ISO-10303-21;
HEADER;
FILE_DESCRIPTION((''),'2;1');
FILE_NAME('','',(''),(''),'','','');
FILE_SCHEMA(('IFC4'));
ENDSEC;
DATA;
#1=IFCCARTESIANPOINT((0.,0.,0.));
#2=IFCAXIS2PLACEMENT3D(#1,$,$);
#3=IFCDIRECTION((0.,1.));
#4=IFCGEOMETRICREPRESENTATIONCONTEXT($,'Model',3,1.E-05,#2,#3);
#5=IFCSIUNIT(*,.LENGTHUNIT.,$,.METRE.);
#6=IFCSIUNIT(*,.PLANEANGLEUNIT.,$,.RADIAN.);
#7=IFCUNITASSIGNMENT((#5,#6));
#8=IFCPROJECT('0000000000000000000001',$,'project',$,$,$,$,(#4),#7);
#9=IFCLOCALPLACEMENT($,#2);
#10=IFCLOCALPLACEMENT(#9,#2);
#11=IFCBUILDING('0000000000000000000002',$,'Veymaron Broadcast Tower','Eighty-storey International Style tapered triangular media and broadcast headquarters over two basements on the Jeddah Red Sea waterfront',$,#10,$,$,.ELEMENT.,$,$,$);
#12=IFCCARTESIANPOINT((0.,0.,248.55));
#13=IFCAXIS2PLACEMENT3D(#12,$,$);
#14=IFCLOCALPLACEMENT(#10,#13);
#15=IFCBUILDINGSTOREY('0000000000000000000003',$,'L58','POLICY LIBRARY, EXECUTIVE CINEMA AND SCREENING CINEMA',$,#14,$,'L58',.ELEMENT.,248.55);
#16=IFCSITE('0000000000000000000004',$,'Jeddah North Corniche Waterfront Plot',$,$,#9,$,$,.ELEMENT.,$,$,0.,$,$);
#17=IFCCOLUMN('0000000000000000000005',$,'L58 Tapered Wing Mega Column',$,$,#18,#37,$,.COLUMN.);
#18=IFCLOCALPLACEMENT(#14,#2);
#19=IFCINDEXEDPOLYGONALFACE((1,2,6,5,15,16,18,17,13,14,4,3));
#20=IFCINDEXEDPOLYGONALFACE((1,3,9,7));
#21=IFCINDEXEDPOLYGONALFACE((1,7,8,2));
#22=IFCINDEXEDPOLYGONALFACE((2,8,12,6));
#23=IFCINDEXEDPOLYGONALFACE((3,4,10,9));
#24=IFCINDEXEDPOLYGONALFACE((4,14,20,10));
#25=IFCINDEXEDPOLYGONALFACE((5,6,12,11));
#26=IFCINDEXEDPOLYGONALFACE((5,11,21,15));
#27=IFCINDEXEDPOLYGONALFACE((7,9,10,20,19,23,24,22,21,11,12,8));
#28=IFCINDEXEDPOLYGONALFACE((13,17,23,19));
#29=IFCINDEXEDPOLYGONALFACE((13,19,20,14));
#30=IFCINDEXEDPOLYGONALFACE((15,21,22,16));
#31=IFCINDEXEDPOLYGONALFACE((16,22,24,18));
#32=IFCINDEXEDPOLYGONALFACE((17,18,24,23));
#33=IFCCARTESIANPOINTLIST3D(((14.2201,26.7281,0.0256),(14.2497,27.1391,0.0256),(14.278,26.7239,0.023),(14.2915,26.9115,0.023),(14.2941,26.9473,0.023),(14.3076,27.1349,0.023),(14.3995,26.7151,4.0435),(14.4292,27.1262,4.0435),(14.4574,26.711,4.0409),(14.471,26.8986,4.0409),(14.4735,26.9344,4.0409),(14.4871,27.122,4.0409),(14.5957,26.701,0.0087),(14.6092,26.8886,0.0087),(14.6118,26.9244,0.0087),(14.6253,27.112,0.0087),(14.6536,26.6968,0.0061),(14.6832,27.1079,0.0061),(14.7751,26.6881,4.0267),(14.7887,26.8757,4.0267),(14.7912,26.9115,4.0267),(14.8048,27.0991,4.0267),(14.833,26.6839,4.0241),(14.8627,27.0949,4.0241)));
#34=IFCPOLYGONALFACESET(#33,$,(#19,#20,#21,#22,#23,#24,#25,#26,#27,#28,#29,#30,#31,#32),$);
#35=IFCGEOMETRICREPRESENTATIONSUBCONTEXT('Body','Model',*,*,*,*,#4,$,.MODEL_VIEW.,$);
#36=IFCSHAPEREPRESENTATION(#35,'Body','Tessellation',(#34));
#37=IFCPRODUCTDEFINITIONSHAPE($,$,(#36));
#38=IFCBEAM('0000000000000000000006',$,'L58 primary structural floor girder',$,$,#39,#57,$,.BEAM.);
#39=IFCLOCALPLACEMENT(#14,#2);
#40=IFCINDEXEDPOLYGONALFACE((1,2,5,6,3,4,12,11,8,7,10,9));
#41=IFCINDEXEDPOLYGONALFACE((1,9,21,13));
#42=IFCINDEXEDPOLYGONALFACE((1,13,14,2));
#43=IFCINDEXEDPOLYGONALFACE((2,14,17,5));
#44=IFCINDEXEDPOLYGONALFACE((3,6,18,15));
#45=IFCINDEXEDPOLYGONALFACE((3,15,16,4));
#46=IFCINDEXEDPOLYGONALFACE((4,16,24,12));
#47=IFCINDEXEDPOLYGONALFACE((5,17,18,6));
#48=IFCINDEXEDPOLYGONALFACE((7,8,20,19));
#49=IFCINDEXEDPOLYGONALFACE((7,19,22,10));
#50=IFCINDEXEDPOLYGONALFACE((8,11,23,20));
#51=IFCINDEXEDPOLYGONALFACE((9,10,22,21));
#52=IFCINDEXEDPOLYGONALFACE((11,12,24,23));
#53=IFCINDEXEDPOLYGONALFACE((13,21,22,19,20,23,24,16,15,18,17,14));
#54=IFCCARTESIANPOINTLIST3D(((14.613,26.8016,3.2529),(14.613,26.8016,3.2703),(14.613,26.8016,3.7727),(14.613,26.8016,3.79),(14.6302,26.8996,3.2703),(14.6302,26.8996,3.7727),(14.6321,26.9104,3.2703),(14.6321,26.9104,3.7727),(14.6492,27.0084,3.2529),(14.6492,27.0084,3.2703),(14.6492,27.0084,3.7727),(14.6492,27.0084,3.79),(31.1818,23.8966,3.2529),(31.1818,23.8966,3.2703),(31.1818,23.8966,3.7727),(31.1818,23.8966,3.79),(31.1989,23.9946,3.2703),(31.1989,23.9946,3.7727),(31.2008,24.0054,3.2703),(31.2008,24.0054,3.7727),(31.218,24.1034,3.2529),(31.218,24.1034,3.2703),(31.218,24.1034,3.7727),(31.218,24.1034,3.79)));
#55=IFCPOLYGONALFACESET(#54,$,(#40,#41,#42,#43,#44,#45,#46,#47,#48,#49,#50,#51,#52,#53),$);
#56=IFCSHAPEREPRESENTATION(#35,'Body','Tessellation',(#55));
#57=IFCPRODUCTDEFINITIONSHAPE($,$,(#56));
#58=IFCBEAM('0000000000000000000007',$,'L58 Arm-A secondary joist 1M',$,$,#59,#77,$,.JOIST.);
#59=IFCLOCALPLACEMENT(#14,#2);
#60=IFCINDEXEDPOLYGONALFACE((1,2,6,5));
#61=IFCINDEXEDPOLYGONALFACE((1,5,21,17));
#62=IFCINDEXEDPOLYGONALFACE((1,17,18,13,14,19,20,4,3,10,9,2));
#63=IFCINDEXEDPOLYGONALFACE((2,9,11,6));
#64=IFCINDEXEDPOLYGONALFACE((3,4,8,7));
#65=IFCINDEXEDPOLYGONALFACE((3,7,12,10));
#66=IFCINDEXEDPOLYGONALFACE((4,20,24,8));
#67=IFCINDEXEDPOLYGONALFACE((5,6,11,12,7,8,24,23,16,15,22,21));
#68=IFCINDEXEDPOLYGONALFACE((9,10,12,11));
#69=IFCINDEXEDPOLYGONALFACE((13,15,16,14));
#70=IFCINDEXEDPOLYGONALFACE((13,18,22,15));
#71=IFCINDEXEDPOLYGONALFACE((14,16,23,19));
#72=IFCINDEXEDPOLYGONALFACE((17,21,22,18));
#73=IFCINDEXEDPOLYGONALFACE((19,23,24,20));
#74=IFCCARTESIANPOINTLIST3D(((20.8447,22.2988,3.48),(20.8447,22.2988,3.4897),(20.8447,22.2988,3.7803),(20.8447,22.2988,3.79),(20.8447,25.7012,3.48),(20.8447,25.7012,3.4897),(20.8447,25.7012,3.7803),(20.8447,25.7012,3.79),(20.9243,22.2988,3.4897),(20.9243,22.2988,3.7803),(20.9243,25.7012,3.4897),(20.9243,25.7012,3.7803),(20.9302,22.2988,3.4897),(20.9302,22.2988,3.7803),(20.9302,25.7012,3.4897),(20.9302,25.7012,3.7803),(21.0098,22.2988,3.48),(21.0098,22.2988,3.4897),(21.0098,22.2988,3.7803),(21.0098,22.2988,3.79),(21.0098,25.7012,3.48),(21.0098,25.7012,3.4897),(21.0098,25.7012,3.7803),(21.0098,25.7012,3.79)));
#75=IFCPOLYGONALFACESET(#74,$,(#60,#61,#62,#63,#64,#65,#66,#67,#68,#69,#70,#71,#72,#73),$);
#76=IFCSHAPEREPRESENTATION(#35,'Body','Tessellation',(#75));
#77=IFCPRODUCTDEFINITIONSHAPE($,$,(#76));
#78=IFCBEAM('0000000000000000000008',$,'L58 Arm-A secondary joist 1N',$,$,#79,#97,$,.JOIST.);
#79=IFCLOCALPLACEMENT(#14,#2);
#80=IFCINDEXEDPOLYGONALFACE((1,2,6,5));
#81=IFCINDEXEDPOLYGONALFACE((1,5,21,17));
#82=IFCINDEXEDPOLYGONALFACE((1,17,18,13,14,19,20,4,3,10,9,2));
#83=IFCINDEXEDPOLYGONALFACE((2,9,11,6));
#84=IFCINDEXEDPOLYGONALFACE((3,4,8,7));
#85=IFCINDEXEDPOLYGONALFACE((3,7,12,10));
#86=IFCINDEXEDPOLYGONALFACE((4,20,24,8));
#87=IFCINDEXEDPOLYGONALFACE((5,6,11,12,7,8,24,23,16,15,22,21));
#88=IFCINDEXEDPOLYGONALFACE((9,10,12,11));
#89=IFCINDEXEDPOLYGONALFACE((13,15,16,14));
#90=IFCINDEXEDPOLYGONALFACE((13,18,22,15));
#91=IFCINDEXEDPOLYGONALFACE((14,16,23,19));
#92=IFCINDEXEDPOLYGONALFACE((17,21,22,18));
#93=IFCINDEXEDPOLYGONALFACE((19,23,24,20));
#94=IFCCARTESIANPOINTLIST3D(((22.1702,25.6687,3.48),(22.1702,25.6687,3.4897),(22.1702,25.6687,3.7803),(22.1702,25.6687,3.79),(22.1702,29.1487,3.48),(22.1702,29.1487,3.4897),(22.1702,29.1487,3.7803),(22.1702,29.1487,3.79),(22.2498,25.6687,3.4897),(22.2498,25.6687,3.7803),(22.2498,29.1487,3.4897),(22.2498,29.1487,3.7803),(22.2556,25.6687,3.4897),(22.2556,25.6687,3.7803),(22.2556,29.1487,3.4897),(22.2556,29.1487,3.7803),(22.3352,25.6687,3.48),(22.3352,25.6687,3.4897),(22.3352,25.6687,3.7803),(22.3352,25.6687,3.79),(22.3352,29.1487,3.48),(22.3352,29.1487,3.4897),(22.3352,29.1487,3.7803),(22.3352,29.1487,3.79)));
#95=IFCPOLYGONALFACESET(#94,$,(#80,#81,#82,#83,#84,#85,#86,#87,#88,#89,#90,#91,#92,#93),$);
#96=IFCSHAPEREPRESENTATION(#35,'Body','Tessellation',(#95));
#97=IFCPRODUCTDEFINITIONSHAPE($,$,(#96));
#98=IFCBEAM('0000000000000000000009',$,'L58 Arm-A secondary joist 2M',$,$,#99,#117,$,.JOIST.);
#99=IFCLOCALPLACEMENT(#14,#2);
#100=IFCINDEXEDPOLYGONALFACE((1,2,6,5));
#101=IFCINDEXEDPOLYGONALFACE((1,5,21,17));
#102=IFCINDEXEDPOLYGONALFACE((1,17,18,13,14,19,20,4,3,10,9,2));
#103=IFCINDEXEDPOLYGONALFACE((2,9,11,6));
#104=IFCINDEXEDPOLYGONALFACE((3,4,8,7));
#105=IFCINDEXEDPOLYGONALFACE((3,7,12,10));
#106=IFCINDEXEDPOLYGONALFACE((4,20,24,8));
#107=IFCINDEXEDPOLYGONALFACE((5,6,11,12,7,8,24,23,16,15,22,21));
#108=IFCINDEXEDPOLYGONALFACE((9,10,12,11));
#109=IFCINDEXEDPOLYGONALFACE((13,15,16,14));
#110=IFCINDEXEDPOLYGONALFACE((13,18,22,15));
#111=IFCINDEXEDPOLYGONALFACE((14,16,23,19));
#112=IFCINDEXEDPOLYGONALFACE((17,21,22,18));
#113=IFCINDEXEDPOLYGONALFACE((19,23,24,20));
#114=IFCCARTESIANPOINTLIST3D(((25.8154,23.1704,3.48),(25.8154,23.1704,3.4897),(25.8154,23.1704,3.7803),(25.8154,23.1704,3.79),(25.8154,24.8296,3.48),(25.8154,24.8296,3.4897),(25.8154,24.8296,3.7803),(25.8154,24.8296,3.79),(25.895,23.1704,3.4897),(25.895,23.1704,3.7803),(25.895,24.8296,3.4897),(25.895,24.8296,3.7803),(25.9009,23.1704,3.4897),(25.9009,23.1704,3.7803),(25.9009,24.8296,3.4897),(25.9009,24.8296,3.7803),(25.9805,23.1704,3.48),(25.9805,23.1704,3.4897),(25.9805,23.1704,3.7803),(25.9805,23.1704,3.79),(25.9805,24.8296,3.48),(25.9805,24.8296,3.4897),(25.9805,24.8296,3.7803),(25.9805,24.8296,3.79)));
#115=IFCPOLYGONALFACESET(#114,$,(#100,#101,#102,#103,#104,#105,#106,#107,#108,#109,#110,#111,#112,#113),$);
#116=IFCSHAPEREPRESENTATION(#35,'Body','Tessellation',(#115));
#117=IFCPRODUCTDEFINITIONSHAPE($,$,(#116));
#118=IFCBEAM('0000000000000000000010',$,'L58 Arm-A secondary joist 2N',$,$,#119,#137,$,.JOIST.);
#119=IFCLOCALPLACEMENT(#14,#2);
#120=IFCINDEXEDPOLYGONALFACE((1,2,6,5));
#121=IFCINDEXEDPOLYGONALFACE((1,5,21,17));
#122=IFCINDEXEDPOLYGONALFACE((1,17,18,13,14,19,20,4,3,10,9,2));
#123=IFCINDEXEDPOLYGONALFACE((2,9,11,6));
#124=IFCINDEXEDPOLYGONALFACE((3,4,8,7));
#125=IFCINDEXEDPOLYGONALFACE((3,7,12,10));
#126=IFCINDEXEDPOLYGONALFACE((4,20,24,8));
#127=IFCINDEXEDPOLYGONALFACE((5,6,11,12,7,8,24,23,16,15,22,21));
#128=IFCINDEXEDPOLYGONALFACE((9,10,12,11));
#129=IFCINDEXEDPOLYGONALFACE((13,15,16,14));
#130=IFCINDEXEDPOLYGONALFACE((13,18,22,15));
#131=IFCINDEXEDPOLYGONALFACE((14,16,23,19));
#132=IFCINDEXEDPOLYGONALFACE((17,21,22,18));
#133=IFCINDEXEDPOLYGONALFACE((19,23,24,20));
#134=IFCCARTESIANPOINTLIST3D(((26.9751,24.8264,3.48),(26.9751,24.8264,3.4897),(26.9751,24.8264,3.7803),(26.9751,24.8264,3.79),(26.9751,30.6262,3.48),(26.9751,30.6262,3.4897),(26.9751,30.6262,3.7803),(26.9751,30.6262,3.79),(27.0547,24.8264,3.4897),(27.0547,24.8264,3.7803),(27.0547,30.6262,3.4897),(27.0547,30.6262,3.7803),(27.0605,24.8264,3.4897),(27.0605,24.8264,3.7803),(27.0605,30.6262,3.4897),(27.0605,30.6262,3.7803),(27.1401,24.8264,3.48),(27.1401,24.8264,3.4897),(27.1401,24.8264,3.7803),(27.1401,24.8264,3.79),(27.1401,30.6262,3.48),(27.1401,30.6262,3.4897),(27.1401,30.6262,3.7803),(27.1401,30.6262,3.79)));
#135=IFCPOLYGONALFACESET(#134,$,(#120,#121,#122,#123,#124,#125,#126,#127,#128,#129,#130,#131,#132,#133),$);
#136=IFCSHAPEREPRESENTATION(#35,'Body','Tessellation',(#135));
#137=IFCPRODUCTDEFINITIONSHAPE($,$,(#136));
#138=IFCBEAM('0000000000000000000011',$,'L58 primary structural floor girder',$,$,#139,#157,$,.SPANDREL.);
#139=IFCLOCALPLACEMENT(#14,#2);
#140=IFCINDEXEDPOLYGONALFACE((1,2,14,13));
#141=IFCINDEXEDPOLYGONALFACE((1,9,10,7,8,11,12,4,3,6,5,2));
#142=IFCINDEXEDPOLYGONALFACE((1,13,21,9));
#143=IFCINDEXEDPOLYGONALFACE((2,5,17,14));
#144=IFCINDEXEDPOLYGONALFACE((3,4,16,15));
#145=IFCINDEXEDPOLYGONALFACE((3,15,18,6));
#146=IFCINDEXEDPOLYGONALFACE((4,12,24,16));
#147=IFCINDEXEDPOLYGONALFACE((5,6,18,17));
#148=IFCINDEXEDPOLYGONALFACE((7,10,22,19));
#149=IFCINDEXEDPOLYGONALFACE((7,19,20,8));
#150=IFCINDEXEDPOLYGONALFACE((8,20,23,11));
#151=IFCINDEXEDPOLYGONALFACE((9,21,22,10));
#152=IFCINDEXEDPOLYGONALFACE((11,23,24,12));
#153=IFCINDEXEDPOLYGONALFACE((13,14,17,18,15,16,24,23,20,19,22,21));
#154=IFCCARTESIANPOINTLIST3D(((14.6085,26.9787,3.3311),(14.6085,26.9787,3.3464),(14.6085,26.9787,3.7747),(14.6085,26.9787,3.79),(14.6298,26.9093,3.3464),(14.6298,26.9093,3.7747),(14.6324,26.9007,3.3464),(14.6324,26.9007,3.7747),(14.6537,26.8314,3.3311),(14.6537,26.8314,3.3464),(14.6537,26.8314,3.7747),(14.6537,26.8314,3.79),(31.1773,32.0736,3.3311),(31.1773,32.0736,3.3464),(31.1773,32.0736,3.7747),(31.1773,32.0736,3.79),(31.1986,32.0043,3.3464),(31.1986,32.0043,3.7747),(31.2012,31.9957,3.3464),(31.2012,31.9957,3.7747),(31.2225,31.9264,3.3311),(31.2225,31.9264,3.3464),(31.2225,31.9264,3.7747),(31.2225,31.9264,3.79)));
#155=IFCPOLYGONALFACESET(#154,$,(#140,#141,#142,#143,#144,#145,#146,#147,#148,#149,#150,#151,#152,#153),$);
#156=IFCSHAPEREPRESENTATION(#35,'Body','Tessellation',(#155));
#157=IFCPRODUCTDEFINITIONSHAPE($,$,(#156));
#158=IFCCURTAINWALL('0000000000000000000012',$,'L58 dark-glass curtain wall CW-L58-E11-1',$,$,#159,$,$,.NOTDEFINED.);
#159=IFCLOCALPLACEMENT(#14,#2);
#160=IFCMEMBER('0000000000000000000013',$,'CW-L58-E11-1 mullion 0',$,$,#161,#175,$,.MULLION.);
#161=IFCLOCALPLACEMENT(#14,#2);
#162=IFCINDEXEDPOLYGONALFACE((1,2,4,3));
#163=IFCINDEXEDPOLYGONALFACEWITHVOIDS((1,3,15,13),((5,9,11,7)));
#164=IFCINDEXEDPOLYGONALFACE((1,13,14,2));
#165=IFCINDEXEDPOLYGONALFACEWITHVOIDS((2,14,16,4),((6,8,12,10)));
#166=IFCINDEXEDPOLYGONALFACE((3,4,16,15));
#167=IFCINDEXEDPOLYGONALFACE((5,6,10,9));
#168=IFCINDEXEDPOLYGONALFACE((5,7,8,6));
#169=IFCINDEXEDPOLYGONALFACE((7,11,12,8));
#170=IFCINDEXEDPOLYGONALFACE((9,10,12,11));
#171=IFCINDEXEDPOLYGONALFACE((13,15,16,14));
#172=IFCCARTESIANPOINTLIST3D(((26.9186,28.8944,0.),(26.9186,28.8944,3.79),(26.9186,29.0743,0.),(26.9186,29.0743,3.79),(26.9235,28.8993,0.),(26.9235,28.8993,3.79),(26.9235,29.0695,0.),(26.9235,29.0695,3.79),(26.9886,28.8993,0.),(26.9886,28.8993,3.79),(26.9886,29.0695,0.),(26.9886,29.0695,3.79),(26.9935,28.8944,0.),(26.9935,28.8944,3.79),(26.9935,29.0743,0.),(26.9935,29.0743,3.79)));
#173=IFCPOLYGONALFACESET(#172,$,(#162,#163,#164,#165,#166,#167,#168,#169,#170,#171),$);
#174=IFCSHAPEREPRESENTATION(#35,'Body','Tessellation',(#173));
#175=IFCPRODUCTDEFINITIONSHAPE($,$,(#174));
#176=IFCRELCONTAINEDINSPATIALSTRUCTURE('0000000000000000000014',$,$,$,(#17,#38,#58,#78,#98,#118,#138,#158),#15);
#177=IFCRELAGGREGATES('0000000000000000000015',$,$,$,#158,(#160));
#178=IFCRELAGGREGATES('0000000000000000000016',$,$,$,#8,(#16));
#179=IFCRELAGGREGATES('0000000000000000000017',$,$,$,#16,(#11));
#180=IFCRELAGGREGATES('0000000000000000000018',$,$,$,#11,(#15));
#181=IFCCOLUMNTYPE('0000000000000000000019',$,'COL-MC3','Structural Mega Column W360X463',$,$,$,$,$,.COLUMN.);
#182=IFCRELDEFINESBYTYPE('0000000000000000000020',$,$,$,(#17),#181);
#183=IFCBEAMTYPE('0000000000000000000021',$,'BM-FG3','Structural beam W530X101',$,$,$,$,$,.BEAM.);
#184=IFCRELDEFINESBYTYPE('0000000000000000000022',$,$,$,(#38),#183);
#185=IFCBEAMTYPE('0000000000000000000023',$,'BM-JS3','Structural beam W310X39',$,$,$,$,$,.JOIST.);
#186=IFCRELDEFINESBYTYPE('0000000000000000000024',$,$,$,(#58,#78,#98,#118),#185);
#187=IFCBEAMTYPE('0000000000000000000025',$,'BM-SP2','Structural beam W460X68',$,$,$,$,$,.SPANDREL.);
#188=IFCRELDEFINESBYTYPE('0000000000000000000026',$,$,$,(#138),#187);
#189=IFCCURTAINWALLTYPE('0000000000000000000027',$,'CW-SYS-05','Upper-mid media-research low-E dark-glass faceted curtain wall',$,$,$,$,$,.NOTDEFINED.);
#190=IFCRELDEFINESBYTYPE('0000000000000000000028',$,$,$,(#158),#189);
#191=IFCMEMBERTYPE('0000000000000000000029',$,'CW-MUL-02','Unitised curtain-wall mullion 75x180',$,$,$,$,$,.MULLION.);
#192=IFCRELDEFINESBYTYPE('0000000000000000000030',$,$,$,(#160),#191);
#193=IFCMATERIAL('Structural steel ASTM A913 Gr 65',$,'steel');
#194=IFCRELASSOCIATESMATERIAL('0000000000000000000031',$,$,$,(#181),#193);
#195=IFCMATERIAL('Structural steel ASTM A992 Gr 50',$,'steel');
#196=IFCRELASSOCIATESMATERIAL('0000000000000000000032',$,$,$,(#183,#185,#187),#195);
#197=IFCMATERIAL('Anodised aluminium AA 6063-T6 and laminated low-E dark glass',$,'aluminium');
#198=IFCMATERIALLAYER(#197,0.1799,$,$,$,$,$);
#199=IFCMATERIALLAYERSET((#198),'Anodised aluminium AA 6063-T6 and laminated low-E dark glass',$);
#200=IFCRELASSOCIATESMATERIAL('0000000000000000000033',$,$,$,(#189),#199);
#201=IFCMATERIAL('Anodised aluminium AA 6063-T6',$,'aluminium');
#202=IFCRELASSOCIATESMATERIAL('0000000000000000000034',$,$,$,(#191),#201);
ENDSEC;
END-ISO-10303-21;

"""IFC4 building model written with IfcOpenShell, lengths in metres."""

from ifc_helpers import new_model, si_unit, direction, frame, origin, origin_2d, place, context, subcontext, project, spatial, hollow_rectangle, i_section, extrude, material, layer, layer_set, material_profile, profile_set, type_object, element, aggregate, save


model = new_model("IFC4")

# Units and contexts
model_context = context("Model", 3, precision=1e-05, world=origin(), true_north=direction((0.0, 1.0)))
body_context = subcontext(model_context, "Body", "Model", "MODEL_VIEW")
ifc_project = project(units=[si_unit("LENGTHUNIT", "METRE"), si_unit("PLANEANGLEUNIT", "RADIAN")], contexts=[model_context])

# Site, building, storey
site_placement = place(None, origin())
site = spatial("IfcSite", under=ifc_project, at=site_placement, Name="Jeddah North Corniche Waterfront Plot", CompositionType="ELEMENT", RefElevation=0.0)
building_placement = place(site_placement, origin())
building = spatial("IfcBuilding", under=site, at=building_placement, Name="Veymaron Broadcast Tower", Description="Eighty-storey International Style tapered triangular media and broadcast headquarters over two basements on the Jeddah Red Sea waterfront", CompositionType="ELEMENT")
storey_placement = place(building_placement, frame((0.0, 0.0, 248.55)))
storey = spatial("IfcBuildingStorey", under=building, at=storey_placement, Name="L58", Description="POLICY LIBRARY, EXECUTIVE CINEMA AND SCREENING CINEMA", LongName="L58", CompositionType="ELEMENT", Elevation=248.55)

# Column
ifc_material_1 = material(Name="Structural steel ASTM A913 Gr 65", Category="steel")
ifc_material_profile_1 = material_profile(ifc_material_1, i_section(OverallWidth=0.4121, OverallDepth=0.4351, WebThickness=0.0359, FlangeThickness=0.0581, at=origin_2d()), Name="W360X463")
ifc_profile_set_1 = profile_set([ifc_material_profile_1], Name="Structural steel ASTM A913 Gr 65")
column_type = type_object("IfcColumnType", Name="COL-MC3", Description="Structural Mega Column W360X463", PredefinedType="COLUMN", material=ifc_profile_set_1)
column_placement = place(storey_placement, frame((14.4517, 26.918, 0.0159), z_axis=(0.044614, -0.003217, 0.998999), x_axis=(0.071922, 0.99741, 0.0)))
element("IfcColumn", 1, at=column_placement, inside=storey, type_object=column_type, Name="L58 Tapered Wing Mega Column", PredefinedType="COLUMN", context=body_context, shape_type="SweptSolid", body=[
    extrude(i_section(OverallWidth=0.4121, OverallDepth=0.4351, WebThickness=0.0359, FlangeThickness=0.0581, at=origin_2d()), origin(), (0.0, 0.0, 1.0), 4.022),
])

# Beams
ifc_material_2 = material(Name="Structural steel ASTM A992 Gr 50", Category="steel")
ifc_material_profile_2 = material_profile(ifc_material_2, i_section(OverallWidth=0.21, OverallDepth=0.5371, WebThickness=0.011, FlangeThickness=0.0173, at=origin_2d()), Name="W530X101")
ifc_profile_set_2 = profile_set([ifc_material_profile_2], Name="Structural steel ASTM A992 Gr 50")
beam_type_1 = type_object("IfcBeamType", Name="BM-FG3", Description="Structural beam W530X101", PredefinedType="BEAM", material=ifc_profile_set_2)
beam_1_placement = place(storey_placement, frame((14.6311, 26.905, 3.5215), z_axis=(0.984975, -0.172696, 0.0), x_axis=(0.172696, 0.984975, 0.0)))
element("IfcBeam", 2, at=beam_1_placement, inside=storey, type_object=beam_type_1, Name="L58 primary structural floor girder", PredefinedType="BEAM", context=body_context, shape_type="SweptSolid", body=[
    extrude(i_section(OverallWidth=0.21, OverallDepth=0.5371, WebThickness=0.011, FlangeThickness=0.0173, at=origin_2d()), origin(), (0.0, 0.0, 1.0), 16.8215),
])
ifc_material_profile_3 = material_profile(ifc_material_2, i_section(OverallWidth=0.165, OverallDepth=0.3101, WebThickness=0.0059, FlangeThickness=0.0098, at=origin_2d()), Name="W310X39")
ifc_profile_set_3 = profile_set([ifc_material_profile_3], Name="Structural steel ASTM A992 Gr 50")
beam_type_2 = type_object("IfcBeamType", Name="BM-JS3", Description="Structural beam W310X39", PredefinedType="JOIST", material=ifc_profile_set_3)
beam_2_placement = place(storey_placement, frame((20.9272, 22.2988, 3.635), z_axis=(0.0, 1.0, 0.0), x_axis=(-1.0, 0.0, 0.0)))
element("IfcBeam", 3, at=beam_2_placement, inside=storey, type_object=beam_type_2, Name="L58 Arm-A secondary joist 1M", PredefinedType="JOIST", context=body_context, shape_type="SweptSolid", body=[
    extrude(i_section(OverallWidth=0.165, OverallDepth=0.3101, WebThickness=0.0059, FlangeThickness=0.0098, at=origin_2d()), origin(), (0.0, 0.0, 1.0), 3.4023),
])
beam_3_placement = place(storey_placement, frame((22.2527, 25.6687, 3.635), z_axis=(0.0, 1.0, 0.0), x_axis=(-1.0, 0.0, 0.0)))
element("IfcBeam", 4, at=beam_3_placement, inside=storey, type_object=beam_type_2, Name="L58 Arm-A secondary joist 1N", PredefinedType="JOIST", context=body_context, shape_type="SweptSolid", body=[
    extrude(i_section(OverallWidth=0.165, OverallDepth=0.3101, WebThickness=0.0059, FlangeThickness=0.0098, at=origin_2d()), origin(), (0.0, 0.0, 1.0), 3.48),
])
beam_4_placement = place(storey_placement, frame((25.8979, 23.1704, 3.635), z_axis=(0.0, 1.0, 0.0), x_axis=(-1.0, 0.0, 0.0)))
element("IfcBeam", 5, at=beam_4_placement, inside=storey, type_object=beam_type_2, Name="L58 Arm-A secondary joist 2M", PredefinedType="JOIST", context=body_context, shape_type="SweptSolid", body=[
    extrude(i_section(OverallWidth=0.165, OverallDepth=0.3101, WebThickness=0.0059, FlangeThickness=0.0098, at=origin_2d()), origin(), (0.0, 0.0, 1.0), 1.6592),
])
beam_5_placement = place(storey_placement, frame((27.0576, 24.8264, 3.635), z_axis=(0.0, 1.0, 0.0), x_axis=(-1.0, 0.0, 0.0)))
element("IfcBeam", 6, at=beam_5_placement, inside=storey, type_object=beam_type_2, Name="L58 Arm-A secondary joist 2N", PredefinedType="JOIST", context=body_context, shape_type="SweptSolid", body=[
    extrude(i_section(OverallWidth=0.165, OverallDepth=0.3101, WebThickness=0.0059, FlangeThickness=0.0098, at=origin_2d()), origin(), (0.0, 0.0, 1.0), 5.7998),
])
ifc_material_profile_4 = material_profile(ifc_material_2, i_section(OverallWidth=0.1541, OverallDepth=0.459, WebThickness=0.009, FlangeThickness=0.0154, at=origin_2d()), Name="W460X68")
ifc_profile_set_4 = profile_set([ifc_material_profile_4], Name="Structural steel ASTM A992 Gr 50")
beam_type_3 = type_object("IfcBeamType", Name="BM-SP2", Description="Structural beam W460X68", PredefinedType="SPANDREL", material=ifc_profile_set_4)
beam_6_placement = place(storey_placement, frame((14.6311, 26.905, 3.5605), z_axis=(0.95583, 0.293921, 0.0), x_axis=(-0.293921, 0.95583, 0.0)))
element("IfcBeam", 7, at=beam_6_placement, inside=storey, type_object=beam_type_3, Name="L58 primary structural floor girder", PredefinedType="SPANDREL", context=body_context, shape_type="SweptSolid", body=[
    extrude(i_section(OverallWidth=0.1541, OverallDepth=0.459, WebThickness=0.009, FlangeThickness=0.0154, at=origin_2d()), origin(), (0.0, 0.0, 1.0), 17.3345),
])

# Curtain wall, member
ifc_material_3 = material(Name="Anodised aluminium AA 6063-T6 and laminated low-E dark glass", Category="aluminium")
ifc_layer_1 = layer(ifc_material_3, 0.1799)
ifc_layer_set_1 = layer_set([ifc_layer_1], Name="Anodised aluminium AA 6063-T6 and laminated low-E dark glass")
curtain_wall_type = type_object("IfcCurtainWallType", Name="CW-SYS-05", Description="Upper-mid media-research low-E dark-glass faceted curtain wall", PredefinedType="NOTDEFINED", material=ifc_layer_set_1)
curtain_wall_placement = place(storey_placement, origin())
curtain_wall = element("IfcCurtainWall", 8, at=curtain_wall_placement, inside=storey, type_object=curtain_wall_type, Name="L58 dark-glass curtain wall CW-L58-E11-1", PredefinedType="NOTDEFINED")
ifc_material_4 = material(Name="Anodised aluminium AA 6063-T6", Category="aluminium")
ifc_material_profile_5 = material_profile(ifc_material_4, hollow_rectangle(XDim=0.075, YDim=0.1799, WallThickness=0.0049, at=origin_2d()), Name="AL180X75X5")
ifc_profile_set_5 = profile_set([ifc_material_profile_5], Name="Anodised aluminium AA 6063-T6")
member_type_1 = type_object("IfcMemberType", Name="CW-MUL-02", Description="Unitised curtain-wall mullion 75x180", PredefinedType="MULLION", material=ifc_profile_set_5)
member_1_placement = place(storey_placement, frame((26.9561, 28.9844, 0.0), z_axis=(0.0, 0.0, 1.0), x_axis=(1.0, 0.0, 0.0)))
member_1 = element("IfcMember", 9, at=member_1_placement, type_object=member_type_1, Name="CW-L58-E11-1 mullion 0", PredefinedType="MULLION", context=body_context, shape_type="SweptSolid", body=[
    extrude(hollow_rectangle(XDim=0.075, YDim=0.1799, WallThickness=0.0049, at=origin_2d()), origin(), (0.0, 0.0, 1.0), 3.79),
])
aggregate(curtain_wall, [member_1])

save(model, "model.ifc")
